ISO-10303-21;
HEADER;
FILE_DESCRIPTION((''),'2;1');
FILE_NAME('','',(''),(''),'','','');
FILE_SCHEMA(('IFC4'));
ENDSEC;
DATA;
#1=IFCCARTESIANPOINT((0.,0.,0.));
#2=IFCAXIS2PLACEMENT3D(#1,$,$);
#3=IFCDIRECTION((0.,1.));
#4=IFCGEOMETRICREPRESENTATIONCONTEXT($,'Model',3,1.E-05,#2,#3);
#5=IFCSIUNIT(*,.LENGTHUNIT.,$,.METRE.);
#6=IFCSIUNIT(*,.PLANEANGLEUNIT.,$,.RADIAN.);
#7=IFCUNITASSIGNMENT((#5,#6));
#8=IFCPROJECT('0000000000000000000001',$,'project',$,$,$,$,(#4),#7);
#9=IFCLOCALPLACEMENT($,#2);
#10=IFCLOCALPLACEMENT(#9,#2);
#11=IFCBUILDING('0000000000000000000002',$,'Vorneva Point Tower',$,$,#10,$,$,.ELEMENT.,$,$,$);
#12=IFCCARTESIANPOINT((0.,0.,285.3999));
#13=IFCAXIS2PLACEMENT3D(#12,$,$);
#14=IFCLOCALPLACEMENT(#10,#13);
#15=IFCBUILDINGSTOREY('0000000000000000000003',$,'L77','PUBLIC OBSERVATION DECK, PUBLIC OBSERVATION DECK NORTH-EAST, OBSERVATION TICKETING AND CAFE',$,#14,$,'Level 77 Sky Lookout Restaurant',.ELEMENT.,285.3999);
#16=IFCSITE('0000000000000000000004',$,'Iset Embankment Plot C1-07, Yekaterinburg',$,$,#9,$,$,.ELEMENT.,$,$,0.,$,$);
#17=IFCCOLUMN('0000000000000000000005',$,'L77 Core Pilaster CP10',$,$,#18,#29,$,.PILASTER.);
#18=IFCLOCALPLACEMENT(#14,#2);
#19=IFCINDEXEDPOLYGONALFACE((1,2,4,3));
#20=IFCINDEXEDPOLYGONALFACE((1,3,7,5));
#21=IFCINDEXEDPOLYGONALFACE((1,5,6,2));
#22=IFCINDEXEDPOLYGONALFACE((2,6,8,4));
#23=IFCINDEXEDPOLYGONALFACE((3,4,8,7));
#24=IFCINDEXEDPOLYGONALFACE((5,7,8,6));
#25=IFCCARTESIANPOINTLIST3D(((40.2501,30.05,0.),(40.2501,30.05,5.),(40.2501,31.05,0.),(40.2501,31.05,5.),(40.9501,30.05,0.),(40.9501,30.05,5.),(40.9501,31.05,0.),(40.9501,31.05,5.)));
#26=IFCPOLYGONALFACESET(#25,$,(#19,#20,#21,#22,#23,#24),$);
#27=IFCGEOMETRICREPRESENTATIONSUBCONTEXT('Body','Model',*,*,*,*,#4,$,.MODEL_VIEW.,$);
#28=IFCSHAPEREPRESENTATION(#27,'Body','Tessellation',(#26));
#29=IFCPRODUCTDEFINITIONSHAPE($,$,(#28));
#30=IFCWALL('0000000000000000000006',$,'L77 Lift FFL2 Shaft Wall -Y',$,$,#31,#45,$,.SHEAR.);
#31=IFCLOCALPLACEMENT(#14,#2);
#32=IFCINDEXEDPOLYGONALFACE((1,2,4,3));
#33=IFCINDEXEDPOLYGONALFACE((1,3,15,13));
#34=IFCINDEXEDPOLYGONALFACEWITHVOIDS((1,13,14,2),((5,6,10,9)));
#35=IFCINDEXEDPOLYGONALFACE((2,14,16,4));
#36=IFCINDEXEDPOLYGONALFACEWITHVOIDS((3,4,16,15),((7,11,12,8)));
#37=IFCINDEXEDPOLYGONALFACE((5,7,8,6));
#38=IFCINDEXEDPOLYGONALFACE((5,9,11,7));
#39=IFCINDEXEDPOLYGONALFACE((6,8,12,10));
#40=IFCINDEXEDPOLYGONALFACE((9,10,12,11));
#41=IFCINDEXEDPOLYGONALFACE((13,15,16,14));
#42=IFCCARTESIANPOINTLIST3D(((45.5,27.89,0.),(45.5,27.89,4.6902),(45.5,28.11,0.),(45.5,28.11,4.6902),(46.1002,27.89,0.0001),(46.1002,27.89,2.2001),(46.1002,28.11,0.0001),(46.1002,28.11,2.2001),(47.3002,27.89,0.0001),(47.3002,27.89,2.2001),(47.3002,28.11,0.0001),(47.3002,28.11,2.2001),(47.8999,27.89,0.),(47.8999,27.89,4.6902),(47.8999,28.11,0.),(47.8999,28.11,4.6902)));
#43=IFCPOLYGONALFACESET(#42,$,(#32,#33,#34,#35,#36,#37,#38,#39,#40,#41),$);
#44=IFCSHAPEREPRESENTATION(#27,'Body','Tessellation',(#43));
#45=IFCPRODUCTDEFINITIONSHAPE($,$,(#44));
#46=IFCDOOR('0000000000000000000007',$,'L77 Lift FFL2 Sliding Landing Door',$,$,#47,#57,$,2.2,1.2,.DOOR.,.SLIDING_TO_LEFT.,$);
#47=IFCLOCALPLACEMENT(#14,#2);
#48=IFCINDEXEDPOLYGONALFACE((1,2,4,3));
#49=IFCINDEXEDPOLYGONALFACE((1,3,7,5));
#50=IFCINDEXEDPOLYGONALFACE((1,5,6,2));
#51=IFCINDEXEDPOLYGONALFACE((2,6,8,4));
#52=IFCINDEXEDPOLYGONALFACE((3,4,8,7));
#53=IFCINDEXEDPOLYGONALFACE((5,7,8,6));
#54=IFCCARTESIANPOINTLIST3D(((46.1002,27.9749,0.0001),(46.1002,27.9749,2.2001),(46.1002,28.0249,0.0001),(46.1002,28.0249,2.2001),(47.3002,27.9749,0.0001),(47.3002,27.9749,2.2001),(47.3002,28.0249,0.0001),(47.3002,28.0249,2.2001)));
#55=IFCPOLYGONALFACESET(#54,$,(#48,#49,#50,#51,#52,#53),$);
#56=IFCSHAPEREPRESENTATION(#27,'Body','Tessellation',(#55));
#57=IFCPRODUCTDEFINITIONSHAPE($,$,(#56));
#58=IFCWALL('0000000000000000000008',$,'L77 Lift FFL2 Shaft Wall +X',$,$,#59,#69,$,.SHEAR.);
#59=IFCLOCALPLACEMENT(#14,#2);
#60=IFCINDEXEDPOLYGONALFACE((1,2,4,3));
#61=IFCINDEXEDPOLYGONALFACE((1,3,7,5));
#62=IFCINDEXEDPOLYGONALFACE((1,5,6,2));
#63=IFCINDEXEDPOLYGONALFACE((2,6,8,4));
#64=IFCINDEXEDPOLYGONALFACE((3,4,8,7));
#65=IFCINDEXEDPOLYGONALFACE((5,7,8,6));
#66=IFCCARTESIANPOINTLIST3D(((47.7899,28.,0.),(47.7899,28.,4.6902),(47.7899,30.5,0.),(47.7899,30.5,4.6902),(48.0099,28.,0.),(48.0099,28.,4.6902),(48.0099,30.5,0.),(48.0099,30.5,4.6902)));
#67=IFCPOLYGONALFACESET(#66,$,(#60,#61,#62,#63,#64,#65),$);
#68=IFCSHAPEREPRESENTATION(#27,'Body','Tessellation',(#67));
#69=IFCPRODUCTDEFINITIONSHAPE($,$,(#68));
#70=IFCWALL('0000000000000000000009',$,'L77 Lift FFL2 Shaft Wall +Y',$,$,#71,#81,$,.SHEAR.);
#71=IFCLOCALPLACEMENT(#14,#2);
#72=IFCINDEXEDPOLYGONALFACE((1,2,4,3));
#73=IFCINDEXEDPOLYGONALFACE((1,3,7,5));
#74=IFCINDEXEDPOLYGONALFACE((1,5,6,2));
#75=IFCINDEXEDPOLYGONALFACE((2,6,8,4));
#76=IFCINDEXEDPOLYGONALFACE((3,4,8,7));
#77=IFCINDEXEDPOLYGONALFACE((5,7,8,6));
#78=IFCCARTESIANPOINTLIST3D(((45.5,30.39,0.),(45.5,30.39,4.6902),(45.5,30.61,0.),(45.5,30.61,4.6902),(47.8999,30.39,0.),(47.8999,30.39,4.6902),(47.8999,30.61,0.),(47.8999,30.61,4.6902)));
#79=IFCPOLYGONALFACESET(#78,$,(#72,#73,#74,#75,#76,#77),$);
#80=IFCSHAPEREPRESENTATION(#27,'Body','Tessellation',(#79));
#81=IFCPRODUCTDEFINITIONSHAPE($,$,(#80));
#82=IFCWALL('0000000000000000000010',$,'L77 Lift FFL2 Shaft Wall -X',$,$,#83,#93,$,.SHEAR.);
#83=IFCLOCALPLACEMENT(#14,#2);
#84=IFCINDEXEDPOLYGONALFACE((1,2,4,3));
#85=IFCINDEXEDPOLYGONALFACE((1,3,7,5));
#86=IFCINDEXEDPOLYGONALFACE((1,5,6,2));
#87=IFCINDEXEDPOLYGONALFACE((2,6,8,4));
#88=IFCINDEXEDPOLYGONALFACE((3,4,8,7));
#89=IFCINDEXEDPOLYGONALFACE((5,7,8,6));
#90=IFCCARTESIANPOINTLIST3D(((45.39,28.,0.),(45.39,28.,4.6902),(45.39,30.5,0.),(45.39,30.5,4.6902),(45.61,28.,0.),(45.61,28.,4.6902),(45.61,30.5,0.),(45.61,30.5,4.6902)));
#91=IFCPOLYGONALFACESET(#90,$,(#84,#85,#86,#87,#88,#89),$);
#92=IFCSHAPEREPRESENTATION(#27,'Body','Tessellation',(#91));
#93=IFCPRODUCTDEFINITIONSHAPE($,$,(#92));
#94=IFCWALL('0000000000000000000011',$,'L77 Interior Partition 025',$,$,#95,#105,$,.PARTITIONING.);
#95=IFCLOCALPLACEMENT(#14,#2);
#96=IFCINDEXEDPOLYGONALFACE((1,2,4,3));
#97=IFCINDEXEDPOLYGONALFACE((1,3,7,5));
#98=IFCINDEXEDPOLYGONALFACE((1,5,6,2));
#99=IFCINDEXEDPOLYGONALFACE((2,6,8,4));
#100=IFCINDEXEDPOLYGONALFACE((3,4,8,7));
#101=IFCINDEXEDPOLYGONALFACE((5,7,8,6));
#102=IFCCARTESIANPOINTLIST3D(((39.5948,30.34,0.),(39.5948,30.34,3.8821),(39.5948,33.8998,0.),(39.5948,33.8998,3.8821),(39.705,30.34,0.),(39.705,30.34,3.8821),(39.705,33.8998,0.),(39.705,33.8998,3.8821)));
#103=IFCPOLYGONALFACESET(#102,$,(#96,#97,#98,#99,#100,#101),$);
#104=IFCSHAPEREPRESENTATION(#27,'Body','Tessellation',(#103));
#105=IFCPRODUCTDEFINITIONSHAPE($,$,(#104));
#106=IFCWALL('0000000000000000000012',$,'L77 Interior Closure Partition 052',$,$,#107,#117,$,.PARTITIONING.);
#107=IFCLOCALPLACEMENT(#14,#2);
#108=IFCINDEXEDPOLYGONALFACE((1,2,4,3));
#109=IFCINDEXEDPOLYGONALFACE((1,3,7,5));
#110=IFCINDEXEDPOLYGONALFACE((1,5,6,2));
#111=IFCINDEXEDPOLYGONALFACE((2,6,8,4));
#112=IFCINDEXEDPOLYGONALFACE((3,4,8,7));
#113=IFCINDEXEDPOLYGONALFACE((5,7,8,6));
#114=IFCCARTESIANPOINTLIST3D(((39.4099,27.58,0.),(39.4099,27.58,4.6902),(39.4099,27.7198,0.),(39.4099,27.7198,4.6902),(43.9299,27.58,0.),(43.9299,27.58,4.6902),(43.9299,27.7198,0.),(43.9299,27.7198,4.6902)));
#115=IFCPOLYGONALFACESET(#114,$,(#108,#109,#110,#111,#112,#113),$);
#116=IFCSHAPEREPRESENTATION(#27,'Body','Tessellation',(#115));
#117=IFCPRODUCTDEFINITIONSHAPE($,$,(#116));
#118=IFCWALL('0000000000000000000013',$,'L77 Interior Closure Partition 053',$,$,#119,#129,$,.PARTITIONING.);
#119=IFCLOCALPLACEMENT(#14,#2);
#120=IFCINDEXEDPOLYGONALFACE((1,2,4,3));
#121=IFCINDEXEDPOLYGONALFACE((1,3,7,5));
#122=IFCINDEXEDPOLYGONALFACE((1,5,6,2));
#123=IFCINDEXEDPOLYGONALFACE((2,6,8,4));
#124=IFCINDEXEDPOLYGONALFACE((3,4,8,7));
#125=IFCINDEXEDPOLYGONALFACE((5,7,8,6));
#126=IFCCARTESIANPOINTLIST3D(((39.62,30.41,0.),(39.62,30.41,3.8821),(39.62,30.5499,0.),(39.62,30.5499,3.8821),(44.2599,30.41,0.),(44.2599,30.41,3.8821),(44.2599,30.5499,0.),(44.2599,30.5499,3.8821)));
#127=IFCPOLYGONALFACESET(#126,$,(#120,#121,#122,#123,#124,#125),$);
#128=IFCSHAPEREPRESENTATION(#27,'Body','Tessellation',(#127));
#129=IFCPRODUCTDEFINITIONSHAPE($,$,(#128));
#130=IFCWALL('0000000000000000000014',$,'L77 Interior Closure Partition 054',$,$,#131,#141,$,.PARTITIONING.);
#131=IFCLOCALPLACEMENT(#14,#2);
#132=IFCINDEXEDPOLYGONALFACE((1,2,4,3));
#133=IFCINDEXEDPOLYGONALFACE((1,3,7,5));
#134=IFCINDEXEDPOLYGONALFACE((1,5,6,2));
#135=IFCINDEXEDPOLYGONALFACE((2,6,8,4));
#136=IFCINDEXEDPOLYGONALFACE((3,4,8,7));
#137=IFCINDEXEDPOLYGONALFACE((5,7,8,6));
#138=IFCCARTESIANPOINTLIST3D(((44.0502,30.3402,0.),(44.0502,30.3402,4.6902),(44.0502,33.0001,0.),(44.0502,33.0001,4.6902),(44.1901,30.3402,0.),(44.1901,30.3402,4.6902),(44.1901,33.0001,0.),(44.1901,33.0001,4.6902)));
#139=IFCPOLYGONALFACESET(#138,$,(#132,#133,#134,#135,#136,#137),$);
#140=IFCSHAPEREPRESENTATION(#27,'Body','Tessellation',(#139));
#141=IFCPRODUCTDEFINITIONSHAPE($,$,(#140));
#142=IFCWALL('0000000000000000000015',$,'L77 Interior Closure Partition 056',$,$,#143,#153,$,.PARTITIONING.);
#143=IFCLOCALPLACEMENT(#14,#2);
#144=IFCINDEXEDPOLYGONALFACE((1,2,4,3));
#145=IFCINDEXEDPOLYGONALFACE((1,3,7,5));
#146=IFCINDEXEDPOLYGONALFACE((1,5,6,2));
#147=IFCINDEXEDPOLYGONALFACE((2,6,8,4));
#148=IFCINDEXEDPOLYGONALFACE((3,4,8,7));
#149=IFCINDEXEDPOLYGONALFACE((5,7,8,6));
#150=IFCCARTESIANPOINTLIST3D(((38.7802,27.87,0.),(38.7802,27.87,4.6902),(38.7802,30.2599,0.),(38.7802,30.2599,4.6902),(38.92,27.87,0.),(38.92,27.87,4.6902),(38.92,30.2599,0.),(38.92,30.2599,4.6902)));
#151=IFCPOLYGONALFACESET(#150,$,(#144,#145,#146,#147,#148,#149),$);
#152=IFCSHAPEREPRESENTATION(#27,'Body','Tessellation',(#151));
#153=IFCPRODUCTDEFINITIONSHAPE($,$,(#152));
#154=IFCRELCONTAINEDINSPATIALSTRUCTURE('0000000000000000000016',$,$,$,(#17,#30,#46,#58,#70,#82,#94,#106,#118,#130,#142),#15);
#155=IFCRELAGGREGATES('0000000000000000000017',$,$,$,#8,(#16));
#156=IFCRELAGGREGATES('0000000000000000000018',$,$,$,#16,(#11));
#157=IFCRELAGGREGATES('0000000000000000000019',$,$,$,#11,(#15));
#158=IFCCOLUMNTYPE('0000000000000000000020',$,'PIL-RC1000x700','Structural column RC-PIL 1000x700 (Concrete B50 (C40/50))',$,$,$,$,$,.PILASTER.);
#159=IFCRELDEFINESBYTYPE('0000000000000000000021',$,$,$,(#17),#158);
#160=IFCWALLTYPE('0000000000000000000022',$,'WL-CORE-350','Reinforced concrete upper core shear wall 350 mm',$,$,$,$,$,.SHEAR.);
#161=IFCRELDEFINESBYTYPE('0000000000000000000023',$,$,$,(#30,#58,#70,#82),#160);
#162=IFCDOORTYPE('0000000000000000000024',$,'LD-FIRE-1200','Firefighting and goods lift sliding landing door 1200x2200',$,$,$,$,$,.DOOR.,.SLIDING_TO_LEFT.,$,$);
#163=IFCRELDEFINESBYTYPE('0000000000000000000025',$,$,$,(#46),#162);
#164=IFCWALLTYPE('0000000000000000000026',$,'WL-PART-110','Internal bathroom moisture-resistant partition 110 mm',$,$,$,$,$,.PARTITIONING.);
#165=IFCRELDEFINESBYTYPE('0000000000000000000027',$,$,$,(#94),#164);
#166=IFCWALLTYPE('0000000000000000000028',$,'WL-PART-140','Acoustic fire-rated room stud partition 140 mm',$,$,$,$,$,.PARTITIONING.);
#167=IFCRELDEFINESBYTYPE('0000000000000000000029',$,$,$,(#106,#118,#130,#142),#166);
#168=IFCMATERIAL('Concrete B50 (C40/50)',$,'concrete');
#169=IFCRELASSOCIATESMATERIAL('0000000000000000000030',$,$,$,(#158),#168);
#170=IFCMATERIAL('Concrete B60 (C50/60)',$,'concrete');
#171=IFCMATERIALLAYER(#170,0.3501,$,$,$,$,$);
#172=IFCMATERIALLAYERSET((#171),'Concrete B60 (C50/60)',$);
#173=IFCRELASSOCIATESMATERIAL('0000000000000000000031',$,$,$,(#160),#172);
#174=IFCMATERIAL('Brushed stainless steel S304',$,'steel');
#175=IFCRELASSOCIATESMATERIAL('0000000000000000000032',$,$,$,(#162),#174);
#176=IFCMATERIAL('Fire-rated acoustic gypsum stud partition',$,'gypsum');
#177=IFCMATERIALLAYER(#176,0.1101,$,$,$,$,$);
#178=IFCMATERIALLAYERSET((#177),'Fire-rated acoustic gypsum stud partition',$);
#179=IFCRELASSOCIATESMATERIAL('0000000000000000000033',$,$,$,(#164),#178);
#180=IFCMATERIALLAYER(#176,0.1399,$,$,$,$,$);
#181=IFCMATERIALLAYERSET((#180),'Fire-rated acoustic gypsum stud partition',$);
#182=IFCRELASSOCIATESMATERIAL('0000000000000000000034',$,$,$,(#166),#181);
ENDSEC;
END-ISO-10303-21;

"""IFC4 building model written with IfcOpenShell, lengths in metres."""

from ifc_helpers import new_model, si_unit, direction, frame, frame_2d, origin, origin_2d, place, context, subcontext, project, spatial, rectangle, extrude, material, layer, layer_set, material_profile, profile_set, type_object, element, fill, save


model = new_model("IFC4")

# Units and contexts
model_context = context("Model", 3, precision=1e-05, world=origin(), true_north=direction((0.0, 1.0)))
body_context = subcontext(model_context, "Body", "Model", "MODEL_VIEW")
ifc_project = project(units=[si_unit("LENGTHUNIT", "METRE"), si_unit("PLANEANGLEUNIT", "RADIAN")], contexts=[model_context])

# Site, building, storey
site_placement = place(None, origin())
site = spatial("IfcSite", under=ifc_project, at=site_placement, Name="Iset Embankment Plot C1-07, Yekaterinburg", CompositionType="ELEMENT", RefElevation=0.0)
building_placement = place(site_placement, origin())
building = spatial("IfcBuilding", under=site, at=building_placement, Name="Vorneva Point Tower", CompositionType="ELEMENT")
storey_placement = place(building_placement, frame((0.0, 0.0, 285.3999)))
storey = spatial("IfcBuildingStorey", under=building, at=storey_placement, Name="L77", Description="PUBLIC OBSERVATION DECK, PUBLIC OBSERVATION DECK NORTH-EAST, OBSERVATION TICKETING AND CAFE", LongName="Level 77 Sky Lookout Restaurant", CompositionType="ELEMENT", Elevation=285.3999)

# Column
ifc_material_1 = material(Name="Concrete B50 (C40/50)", Category="concrete")
ifc_material_profile = material_profile(ifc_material_1, rectangle(XDim=0.7, YDim=1.0, at=origin_2d()), Name="RC-PIL 1000x700")
ifc_profile_set = profile_set([ifc_material_profile], Name="Concrete B50 (C40/50)")
column_type = type_object("IfcColumnType", Name="PIL-RC1000x700", Description="Structural column RC-PIL 1000x700 (Concrete B50 (C40/50))", PredefinedType="PILASTER", material=ifc_profile_set)
column_placement = place(storey_placement, frame((40.6001, 30.55, 0.0), z_axis=(0.0, 0.0, 1.0), x_axis=(1.0, 0.0, 0.0)))
element("IfcColumn", 1, at=column_placement, inside=storey, type_object=column_type, Name="L77 Core Pilaster CP10", PredefinedType="PILASTER", context=body_context, shape_type="SweptSolid", body=[
    extrude(rectangle(XDim=0.7, YDim=1.0, at=origin_2d()), origin(), (0.0, 0.0, 1.0), 5.0),
])

# Wall, opening, door
ifc_material_2 = material(Name="Concrete B60 (C50/60)", Category="concrete")
ifc_layer_1 = layer(ifc_material_2, 0.3501)
ifc_layer_set_1 = layer_set([ifc_layer_1], Name="Concrete B60 (C50/60)")
wall_type_1 = type_object("IfcWallType", Name="WL-CORE-350", Description="Reinforced concrete upper core shear wall 350 mm", PredefinedType="SHEAR", material=ifc_layer_set_1)
wall_1_placement = place(storey_placement, frame((45.5, 28.0, 0.0), z_axis=(0.0, 0.0, 1.0), x_axis=(1.0, 0.0, 0.0)))
wall_1 = element("IfcWall", 2, at=wall_1_placement, inside=storey, type_object=wall_type_1, Name="L77 Lift FFL2 Shaft Wall -Y", PredefinedType="SHEAR", context=body_context, shape_type="SweptSolid", body=[
    extrude(rectangle(XDim=2.3999, YDim=0.22, at=frame_2d((1.2, 0.0))), origin(), (0.0, 0.0, 1.0), 4.6902),
])
opening_1_placement = place(wall_1_placement, frame((0.6001, 0.0, 0.0)))
opening_1 = element("IfcOpeningElement", 3, at=opening_1_placement, cuts=wall_1, PredefinedType="OPENING", context=body_context, shape_type="SweptSolid", body=[
    extrude(rectangle(XDim=1.2, YDim=2.2, at=frame_2d((0.6001, 1.1001))), frame((0.0, 0.125, 0.0), z_axis=(0.0, -1.0, 0.0), x_axis=(1.0, 0.0, 0.0)), (0.0, 0.0, 1.0), 0.2498),
])
ifc_material_3 = material(Name="Brushed stainless steel S304", Category="steel")
door_type_1 = type_object("IfcDoorType", Name="LD-FIRE-1200", Description="Firefighting and goods lift sliding landing door 1200x2200", OperationType="SLIDING_TO_LEFT", PredefinedType="DOOR", material=ifc_material_3)
door_1_placement = place(opening_1_placement, origin())
door_1 = element("IfcDoor", 4, at=door_1_placement, inside=storey, type_object=door_type_1, Name="L77 Lift FFL2 Sliding Landing Door", OperationType="SLIDING_TO_LEFT", OverallHeight=2.2, OverallWidth=1.2, PredefinedType="DOOR", context=body_context, shape_type="SweptSolid", body=[
    extrude(rectangle(XDim=1.2, YDim=2.2, at=frame_2d((0.6001, 1.1001))), frame((0.0, 0.0249, 0.0), z_axis=(0.0, -1.0, 0.0), x_axis=(1.0, 0.0, 0.0)), (0.0, 0.0, 1.0), 0.05),
])
fill(opening_1, door_1)

# Walls
wall_2_placement = place(storey_placement, frame((47.8999, 28.0, 0.0), z_axis=(0.0, 0.0, 1.0), x_axis=(0.0, 1.0, 0.0)))
element("IfcWall", 5, at=wall_2_placement, inside=storey, type_object=wall_type_1, Name="L77 Lift FFL2 Shaft Wall +X", PredefinedType="SHEAR", context=body_context, shape_type="SweptSolid", body=[
    extrude(rectangle(XDim=2.5, YDim=0.22, at=frame_2d((1.25, 0.0))), origin(), (0.0, 0.0, 1.0), 4.6902),
])
wall_3_placement = place(storey_placement, frame((47.8999, 30.5, 0.0), z_axis=(0.0, 0.0, 1.0), x_axis=(-1.0, 0.0, 0.0)))
element("IfcWall", 6, at=wall_3_placement, inside=storey, type_object=wall_type_1, Name="L77 Lift FFL2 Shaft Wall +Y", PredefinedType="SHEAR", context=body_context, shape_type="SweptSolid", body=[
    extrude(rectangle(XDim=2.3999, YDim=0.22, at=frame_2d((1.2, 0.0))), origin(), (0.0, 0.0, 1.0), 4.6902),
])
wall_4_placement = place(storey_placement, frame((45.5, 30.5, 0.0), z_axis=(0.0, 0.0, 1.0), x_axis=(0.0, -1.0, 0.0)))
element("IfcWall", 7, at=wall_4_placement, inside=storey, type_object=wall_type_1, Name="L77 Lift FFL2 Shaft Wall -X", PredefinedType="SHEAR", context=body_context, shape_type="SweptSolid", body=[
    extrude(rectangle(XDim=2.5, YDim=0.22, at=frame_2d((1.25, 0.0))), origin(), (0.0, 0.0, 1.0), 4.6902),
])
ifc_material_4 = material(Name="Fire-rated acoustic gypsum stud partition", Category="gypsum")
ifc_layer_2 = layer(ifc_material_4, 0.1101)
ifc_layer_set_2 = layer_set([ifc_layer_2], Name="Fire-rated acoustic gypsum stud partition")
wall_type_2 = type_object("IfcWallType", Name="WL-PART-110", Description="Internal bathroom moisture-resistant partition 110 mm", PredefinedType="PARTITIONING", material=ifc_layer_set_2)
wall_5_placement = place(storey_placement, frame((39.6499, 30.3401, 0.0), z_axis=(0.0, 0.0, 1.0), x_axis=(0.0, 1.0, 0.0)))
element("IfcWall", 8, at=wall_5_placement, inside=storey, type_object=wall_type_2, Name="L77 Interior Partition 025", PredefinedType="PARTITIONING", context=body_context, shape_type="SweptSolid", body=[
    extrude(rectangle(XDim=3.5598, YDim=0.1101, at=frame_2d((1.7798, 0.0))), origin(), (0.0, 0.0, 1.0), 3.8821),
])
ifc_layer_3 = layer(ifc_material_4, 0.1399)
ifc_layer_set_3 = layer_set([ifc_layer_3], Name="Fire-rated acoustic gypsum stud partition")
wall_type_3 = type_object("IfcWallType", Name="WL-PART-140", Description="Acoustic fire-rated room stud partition 140 mm", PredefinedType="PARTITIONING", material=ifc_layer_set_3)
wall_6_placement = place(storey_placement, frame((43.9299, 27.6499, 0.0), z_axis=(0.0, 0.0, 1.0), x_axis=(-1.0, 0.0, 0.0)))
element("IfcWall", 9, at=wall_6_placement, inside=storey, type_object=wall_type_3, Name="L77 Interior Closure Partition 052", PredefinedType="PARTITIONING", context=body_context, shape_type="SweptSolid", body=[
    extrude(rectangle(XDim=4.52, YDim=0.1399, at=frame_2d((2.26, 0.0))), origin(), (0.0, 0.0, 1.0), 4.6902),
])
wall_7_placement = place(storey_placement, frame((39.6201, 30.48, 0.0), z_axis=(0.0, 0.0, 1.0), x_axis=(1.0, 0.0, 0.0)))
element("IfcWall", 10, at=wall_7_placement, inside=storey, type_object=wall_type_3, Name="L77 Interior Closure Partition 053", PredefinedType="PARTITIONING", context=body_context, shape_type="SweptSolid", body=[
    extrude(rectangle(XDim=4.6399, YDim=0.1399, at=frame_2d((2.3198, 0.0))), origin(), (0.0, 0.0, 1.0), 3.8821),
])
wall_8_placement = place(storey_placement, frame((44.1201, 30.3401, 0.0), z_axis=(0.0, 0.0, 1.0), x_axis=(0.0, 1.0, 0.0)))
element("IfcWall", 11, at=wall_8_placement, inside=storey, type_object=wall_type_3, Name="L77 Interior Closure Partition 054", PredefinedType="PARTITIONING", context=body_context, shape_type="SweptSolid", body=[
    extrude(rectangle(XDim=2.6599, YDim=0.1399, at=frame_2d((1.3301, 0.0))), origin(), (0.0, 0.0, 1.0), 4.6902),
])
wall_9_placement = place(storey_placement, frame((38.8501, 27.8701, 0.0), z_axis=(0.0, 0.0, 1.0), x_axis=(0.0, 1.0, 0.0)))
element("IfcWall", 12, at=wall_9_placement, inside=storey, type_object=wall_type_3, Name="L77 Interior Closure Partition 056", PredefinedType="PARTITIONING", context=body_context, shape_type="SweptSolid", body=[
    extrude(rectangle(XDim=2.3899, YDim=0.1399, at=frame_2d((1.1948, 0.0))), origin(), (0.0, 0.0, 1.0), 4.6902),
])

save(model, "model.ifc")
